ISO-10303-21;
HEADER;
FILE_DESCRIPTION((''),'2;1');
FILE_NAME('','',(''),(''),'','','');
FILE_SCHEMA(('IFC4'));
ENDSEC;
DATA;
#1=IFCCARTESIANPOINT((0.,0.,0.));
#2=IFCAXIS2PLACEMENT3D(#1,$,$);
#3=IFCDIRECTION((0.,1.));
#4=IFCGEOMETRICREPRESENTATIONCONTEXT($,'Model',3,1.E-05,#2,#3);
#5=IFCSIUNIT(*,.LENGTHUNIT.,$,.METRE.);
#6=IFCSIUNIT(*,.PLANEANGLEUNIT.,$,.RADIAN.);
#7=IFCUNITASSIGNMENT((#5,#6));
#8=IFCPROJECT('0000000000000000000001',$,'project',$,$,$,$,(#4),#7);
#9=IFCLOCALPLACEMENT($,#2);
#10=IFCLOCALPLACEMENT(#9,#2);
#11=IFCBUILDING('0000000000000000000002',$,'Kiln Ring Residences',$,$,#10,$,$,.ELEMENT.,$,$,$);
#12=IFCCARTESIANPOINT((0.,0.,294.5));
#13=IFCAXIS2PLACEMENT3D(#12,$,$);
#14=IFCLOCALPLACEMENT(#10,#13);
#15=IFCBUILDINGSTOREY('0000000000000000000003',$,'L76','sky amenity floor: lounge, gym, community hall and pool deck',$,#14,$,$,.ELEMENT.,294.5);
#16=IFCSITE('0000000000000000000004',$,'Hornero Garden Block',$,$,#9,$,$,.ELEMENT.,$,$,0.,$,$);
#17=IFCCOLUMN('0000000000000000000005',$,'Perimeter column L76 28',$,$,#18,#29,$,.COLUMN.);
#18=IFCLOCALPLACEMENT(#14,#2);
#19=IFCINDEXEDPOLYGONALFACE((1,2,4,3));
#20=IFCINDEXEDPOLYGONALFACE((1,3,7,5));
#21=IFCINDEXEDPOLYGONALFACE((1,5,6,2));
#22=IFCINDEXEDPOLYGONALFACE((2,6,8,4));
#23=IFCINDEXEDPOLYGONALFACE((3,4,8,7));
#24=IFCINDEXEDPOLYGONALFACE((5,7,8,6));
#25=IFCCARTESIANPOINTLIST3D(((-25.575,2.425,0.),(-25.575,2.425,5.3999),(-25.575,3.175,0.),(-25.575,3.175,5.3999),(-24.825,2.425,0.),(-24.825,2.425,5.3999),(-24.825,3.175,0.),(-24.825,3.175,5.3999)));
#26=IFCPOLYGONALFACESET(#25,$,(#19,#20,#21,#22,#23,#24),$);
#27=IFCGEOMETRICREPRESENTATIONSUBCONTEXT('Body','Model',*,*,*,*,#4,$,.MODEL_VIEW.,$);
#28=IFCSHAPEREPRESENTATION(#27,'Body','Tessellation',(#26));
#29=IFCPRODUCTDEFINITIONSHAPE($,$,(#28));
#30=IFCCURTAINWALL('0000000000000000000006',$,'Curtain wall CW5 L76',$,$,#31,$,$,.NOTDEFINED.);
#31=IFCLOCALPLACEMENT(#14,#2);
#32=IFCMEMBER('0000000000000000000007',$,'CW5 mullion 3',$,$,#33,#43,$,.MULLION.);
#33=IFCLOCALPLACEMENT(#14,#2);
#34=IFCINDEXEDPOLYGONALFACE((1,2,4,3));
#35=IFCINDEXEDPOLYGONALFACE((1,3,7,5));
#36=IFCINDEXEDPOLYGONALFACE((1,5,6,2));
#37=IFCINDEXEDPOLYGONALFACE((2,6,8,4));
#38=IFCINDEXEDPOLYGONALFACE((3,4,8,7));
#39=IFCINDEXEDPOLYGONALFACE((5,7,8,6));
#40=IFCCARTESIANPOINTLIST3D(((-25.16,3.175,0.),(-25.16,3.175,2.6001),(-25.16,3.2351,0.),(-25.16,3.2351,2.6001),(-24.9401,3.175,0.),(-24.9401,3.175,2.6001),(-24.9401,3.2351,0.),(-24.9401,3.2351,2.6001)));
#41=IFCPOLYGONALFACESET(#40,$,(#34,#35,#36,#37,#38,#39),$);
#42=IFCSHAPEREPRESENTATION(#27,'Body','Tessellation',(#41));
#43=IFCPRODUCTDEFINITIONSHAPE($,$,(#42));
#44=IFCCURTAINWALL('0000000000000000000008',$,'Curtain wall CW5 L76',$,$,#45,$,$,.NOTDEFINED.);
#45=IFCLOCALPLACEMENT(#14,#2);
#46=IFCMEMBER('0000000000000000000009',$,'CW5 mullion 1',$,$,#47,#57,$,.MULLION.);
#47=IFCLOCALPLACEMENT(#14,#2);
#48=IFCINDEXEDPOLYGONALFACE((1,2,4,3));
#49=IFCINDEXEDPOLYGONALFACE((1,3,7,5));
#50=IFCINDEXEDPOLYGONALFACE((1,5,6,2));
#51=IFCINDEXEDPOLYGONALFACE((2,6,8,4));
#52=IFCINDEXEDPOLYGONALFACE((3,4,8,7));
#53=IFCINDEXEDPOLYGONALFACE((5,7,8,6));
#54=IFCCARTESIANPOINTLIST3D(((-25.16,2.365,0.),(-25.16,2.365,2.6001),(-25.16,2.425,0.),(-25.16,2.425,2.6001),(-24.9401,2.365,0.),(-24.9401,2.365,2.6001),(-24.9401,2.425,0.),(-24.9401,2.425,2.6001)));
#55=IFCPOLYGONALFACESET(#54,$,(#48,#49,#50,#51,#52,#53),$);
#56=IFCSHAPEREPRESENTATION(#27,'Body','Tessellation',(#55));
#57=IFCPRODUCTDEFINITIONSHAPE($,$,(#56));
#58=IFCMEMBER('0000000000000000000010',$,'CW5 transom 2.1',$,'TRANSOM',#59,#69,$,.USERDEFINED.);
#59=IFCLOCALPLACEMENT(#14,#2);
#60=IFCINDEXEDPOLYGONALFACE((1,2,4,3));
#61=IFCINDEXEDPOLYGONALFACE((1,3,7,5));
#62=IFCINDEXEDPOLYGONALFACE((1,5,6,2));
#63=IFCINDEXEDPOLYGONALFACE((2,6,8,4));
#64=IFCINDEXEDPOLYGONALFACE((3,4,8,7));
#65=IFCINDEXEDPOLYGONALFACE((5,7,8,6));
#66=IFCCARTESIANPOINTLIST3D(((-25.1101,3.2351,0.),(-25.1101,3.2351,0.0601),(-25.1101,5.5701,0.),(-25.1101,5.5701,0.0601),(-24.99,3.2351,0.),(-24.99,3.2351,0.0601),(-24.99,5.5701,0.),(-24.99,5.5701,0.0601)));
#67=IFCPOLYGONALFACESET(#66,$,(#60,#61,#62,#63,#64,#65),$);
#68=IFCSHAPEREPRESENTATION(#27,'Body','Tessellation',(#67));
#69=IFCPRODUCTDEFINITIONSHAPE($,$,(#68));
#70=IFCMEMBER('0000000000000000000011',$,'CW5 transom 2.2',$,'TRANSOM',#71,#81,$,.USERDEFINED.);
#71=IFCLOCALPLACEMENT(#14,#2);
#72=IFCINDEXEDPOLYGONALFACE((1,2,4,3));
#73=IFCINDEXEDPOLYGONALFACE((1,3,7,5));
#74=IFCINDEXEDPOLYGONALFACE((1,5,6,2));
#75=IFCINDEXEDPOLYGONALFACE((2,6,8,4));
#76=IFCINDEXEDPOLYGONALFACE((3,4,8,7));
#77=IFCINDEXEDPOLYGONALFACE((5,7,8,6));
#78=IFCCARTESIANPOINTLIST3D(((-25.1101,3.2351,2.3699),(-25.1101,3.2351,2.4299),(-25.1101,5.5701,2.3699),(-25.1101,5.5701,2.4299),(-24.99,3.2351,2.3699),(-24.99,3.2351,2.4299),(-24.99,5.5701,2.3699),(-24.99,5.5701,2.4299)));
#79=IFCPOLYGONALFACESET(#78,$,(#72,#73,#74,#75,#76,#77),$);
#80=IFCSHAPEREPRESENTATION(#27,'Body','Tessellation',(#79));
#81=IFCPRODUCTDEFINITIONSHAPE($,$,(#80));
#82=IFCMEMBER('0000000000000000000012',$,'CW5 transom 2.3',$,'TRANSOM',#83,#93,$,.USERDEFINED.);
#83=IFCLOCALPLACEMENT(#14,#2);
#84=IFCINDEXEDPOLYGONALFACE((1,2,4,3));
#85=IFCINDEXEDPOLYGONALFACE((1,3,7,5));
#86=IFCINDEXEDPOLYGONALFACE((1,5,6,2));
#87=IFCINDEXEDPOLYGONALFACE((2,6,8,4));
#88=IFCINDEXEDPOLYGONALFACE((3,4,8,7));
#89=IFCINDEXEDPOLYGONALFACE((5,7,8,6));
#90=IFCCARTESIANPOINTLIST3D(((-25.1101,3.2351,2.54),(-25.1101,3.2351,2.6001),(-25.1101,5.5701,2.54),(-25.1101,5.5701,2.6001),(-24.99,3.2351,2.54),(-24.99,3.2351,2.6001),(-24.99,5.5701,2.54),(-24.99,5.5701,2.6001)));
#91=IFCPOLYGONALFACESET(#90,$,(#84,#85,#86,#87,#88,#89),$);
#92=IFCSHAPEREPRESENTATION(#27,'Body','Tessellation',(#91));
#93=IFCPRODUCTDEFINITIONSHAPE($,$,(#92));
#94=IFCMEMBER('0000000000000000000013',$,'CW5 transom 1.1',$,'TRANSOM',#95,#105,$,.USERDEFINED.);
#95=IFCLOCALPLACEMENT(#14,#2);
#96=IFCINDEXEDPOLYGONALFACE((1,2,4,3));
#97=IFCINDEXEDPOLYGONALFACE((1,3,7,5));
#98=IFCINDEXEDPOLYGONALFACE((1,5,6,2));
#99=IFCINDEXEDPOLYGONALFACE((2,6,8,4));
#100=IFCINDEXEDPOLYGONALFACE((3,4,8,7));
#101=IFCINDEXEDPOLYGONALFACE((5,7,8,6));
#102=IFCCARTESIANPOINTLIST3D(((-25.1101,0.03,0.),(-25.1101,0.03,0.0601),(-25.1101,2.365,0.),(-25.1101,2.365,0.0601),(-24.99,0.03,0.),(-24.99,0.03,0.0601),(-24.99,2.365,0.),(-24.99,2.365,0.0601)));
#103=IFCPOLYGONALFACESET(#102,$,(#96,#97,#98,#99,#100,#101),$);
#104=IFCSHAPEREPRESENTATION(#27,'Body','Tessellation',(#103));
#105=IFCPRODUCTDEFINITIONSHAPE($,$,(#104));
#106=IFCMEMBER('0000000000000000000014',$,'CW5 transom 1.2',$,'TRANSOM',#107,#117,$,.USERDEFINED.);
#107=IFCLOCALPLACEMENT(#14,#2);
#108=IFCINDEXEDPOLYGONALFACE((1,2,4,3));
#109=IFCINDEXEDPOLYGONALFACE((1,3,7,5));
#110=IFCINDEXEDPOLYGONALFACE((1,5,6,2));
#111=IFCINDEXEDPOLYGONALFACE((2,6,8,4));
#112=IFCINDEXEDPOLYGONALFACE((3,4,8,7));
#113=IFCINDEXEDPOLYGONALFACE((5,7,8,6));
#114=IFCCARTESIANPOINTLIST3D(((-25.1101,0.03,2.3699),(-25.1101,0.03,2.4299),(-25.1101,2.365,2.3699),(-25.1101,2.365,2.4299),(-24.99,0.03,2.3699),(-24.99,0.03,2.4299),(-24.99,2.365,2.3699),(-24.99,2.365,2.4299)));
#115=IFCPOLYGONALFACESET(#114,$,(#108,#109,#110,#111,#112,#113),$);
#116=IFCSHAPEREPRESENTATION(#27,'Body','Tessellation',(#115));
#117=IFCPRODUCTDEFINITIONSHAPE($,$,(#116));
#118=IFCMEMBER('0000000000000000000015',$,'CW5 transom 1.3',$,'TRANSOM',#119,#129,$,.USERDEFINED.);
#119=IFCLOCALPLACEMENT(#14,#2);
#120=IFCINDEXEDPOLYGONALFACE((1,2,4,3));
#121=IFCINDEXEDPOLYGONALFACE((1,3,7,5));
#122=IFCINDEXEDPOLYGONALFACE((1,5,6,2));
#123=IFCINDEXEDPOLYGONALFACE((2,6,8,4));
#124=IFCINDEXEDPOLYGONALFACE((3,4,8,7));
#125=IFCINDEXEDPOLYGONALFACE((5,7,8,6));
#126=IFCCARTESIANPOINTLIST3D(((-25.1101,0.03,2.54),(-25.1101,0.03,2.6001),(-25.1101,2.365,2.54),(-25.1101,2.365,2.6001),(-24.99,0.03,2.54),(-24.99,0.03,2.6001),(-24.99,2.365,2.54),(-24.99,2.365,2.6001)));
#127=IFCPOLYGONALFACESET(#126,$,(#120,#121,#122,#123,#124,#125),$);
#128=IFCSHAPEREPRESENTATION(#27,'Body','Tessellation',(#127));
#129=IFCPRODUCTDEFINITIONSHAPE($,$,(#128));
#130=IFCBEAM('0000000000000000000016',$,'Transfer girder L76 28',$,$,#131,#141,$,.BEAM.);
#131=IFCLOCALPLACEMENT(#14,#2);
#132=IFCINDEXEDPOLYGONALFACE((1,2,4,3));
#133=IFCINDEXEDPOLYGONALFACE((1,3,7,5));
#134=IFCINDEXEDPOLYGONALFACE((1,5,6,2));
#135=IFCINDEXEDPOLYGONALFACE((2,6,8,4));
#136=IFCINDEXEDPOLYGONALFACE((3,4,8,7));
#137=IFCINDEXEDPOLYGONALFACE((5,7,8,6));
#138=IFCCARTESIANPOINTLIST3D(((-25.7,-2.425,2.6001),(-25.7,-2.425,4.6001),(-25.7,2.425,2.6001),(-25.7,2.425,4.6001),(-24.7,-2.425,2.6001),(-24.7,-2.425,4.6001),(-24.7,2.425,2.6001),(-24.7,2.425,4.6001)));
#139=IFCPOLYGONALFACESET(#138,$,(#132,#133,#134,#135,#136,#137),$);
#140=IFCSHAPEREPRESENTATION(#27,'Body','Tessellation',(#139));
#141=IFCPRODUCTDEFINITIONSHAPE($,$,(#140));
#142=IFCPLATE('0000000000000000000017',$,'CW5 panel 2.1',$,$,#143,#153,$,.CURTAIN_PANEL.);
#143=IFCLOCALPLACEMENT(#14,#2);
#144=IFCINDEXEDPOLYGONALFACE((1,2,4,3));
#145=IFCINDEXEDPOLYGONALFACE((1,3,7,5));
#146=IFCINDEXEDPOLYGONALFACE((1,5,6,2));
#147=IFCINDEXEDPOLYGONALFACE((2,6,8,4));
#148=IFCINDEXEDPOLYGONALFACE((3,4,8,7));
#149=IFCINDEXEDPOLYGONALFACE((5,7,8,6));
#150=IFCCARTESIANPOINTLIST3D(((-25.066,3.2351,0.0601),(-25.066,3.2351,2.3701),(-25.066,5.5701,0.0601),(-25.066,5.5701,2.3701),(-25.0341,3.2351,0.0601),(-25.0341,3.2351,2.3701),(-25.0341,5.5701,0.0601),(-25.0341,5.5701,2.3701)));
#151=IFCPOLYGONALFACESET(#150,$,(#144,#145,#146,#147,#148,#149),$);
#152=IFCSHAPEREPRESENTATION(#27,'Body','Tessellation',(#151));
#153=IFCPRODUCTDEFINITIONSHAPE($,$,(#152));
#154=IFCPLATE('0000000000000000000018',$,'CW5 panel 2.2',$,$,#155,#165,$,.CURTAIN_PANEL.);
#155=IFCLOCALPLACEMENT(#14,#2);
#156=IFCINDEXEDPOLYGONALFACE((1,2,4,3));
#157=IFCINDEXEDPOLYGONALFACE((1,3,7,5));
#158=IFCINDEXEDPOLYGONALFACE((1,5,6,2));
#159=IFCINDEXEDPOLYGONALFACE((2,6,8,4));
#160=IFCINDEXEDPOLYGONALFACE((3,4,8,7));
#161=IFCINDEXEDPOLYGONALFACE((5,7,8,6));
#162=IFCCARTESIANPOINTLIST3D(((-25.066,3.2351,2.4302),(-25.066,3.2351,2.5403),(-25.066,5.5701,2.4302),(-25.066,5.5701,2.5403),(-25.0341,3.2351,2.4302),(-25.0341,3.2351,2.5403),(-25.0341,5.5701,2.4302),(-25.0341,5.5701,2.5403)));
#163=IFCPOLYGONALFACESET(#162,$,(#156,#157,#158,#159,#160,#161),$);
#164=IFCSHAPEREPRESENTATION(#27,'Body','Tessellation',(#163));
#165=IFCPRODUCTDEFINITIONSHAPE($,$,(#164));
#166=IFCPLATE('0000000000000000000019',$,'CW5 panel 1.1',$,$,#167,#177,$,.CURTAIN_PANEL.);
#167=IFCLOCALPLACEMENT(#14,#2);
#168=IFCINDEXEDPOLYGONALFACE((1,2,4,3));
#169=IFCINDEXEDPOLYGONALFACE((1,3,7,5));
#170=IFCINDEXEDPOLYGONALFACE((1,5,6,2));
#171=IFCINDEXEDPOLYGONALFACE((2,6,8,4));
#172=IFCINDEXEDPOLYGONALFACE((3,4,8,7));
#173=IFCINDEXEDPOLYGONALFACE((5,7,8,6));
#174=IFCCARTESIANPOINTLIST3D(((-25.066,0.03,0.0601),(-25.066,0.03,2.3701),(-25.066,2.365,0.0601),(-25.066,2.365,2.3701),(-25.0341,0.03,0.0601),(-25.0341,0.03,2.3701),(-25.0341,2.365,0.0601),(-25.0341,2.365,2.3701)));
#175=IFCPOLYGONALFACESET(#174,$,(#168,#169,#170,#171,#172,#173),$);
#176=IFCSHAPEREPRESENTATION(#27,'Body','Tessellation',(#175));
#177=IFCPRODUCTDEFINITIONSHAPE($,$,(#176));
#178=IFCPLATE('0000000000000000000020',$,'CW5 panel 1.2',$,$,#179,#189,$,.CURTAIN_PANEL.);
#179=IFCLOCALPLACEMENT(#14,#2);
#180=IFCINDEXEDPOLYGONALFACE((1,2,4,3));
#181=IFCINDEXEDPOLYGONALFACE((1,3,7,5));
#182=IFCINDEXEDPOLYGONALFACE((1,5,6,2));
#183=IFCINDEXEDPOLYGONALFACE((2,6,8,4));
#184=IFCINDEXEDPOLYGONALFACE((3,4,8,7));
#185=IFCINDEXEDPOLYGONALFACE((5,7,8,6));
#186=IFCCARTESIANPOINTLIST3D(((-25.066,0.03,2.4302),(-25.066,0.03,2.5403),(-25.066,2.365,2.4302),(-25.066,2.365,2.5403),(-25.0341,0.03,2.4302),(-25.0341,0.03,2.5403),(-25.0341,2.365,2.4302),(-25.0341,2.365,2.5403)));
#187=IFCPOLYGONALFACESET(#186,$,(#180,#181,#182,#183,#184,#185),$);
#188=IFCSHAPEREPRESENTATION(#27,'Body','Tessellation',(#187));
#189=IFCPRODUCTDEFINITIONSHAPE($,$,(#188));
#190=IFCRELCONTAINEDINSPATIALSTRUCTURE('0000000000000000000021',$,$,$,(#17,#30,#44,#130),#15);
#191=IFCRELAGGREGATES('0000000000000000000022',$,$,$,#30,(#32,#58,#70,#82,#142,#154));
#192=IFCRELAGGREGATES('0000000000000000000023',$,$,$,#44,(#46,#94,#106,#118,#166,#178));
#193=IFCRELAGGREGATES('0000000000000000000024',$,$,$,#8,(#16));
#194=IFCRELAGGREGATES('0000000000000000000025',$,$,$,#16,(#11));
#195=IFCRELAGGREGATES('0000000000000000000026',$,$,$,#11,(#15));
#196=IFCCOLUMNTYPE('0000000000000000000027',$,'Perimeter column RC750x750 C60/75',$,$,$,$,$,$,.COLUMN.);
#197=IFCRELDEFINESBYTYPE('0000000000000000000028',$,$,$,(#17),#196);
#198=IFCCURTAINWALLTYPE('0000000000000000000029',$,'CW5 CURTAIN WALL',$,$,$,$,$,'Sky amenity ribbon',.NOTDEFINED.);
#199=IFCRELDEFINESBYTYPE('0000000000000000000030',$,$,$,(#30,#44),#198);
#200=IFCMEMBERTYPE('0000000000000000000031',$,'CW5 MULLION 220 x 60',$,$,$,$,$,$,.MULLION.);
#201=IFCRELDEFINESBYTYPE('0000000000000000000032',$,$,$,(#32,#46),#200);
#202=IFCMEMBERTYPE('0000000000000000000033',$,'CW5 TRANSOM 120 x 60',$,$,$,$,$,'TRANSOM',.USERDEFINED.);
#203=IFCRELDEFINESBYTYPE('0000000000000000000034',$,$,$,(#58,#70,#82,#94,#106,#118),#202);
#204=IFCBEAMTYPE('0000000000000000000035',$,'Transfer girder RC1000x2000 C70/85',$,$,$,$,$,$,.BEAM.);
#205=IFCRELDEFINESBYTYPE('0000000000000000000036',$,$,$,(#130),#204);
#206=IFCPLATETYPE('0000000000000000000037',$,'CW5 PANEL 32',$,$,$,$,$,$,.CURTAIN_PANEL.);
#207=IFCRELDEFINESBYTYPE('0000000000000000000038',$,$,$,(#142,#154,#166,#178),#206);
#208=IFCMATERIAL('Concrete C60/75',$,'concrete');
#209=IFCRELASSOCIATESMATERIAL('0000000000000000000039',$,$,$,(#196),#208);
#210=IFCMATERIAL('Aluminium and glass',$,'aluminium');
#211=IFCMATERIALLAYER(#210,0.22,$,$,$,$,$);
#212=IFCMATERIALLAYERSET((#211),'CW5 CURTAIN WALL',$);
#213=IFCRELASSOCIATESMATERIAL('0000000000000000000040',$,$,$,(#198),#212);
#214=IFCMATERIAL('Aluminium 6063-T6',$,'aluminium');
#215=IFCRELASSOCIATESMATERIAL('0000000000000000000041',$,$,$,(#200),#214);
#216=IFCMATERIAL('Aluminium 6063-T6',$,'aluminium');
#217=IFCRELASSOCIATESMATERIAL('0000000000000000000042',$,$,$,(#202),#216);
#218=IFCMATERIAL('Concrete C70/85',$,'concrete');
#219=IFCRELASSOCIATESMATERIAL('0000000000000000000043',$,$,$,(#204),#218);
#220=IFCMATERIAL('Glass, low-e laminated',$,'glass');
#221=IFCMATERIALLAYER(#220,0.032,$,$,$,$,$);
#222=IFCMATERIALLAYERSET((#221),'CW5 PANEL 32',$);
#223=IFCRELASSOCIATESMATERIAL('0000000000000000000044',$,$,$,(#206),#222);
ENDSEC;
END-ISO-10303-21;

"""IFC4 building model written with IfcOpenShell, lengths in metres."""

from ifc_helpers import new_model, si_unit, direction, frame, origin, origin_2d, place, context, subcontext, project, spatial, rectangle, extrude, material, layer, layer_set, material_profile, profile_set, type_object, element, aggregate, save


model = new_model("IFC4")

# Units and contexts
model_context = context("Model", 3, precision=1e-05, world=origin(), true_north=direction((0.0, 1.0)))
body_context = subcontext(model_context, "Body", "Model", "MODEL_VIEW")
ifc_project = project(units=[si_unit("LENGTHUNIT", "METRE"), si_unit("PLANEANGLEUNIT", "RADIAN")], contexts=[model_context])

# Site, building, storey
site_placement = place(None, origin())
site = spatial("IfcSite", under=ifc_project, at=site_placement, Name="Hornero Garden Block", CompositionType="ELEMENT", RefElevation=0.0)
building_placement = place(site_placement, origin())
building = spatial("IfcBuilding", under=site, at=building_placement, Name="Kiln Ring Residences", CompositionType="ELEMENT")
storey_placement = place(building_placement, frame((0.0, 0.0, 294.5)))
storey = spatial("IfcBuildingStorey", under=building, at=storey_placement, Name="L76", Description="sky amenity floor: lounge, gym, community hall and pool deck", CompositionType="ELEMENT", Elevation=294.5)

# Column
ifc_material_1 = material(Name="Concrete C60/75", Category="concrete")
ifc_material_profile_1 = material_profile(ifc_material_1, rectangle(XDim=0.75, YDim=0.75, at=origin_2d()), Name="RC750x750")
ifc_profile_set_1 = profile_set([ifc_material_profile_1], Name="Concrete C60/75")
column_type = type_object("IfcColumnType", Name="Perimeter column RC750x750 C60/75", PredefinedType="COLUMN", material=ifc_profile_set_1)
column_placement = place(storey_placement, frame((-25.2, 2.8, 0.0), z_axis=(0.0, 0.0, 1.0), x_axis=(1.0, 0.0, 0.0)))
element("IfcColumn", 1, at=column_placement, inside=storey, type_object=column_type, Name="Perimeter column L76 28", PredefinedType="COLUMN", context=body_context, shape_type="SweptSolid", body=[
    extrude(rectangle(XDim=0.75, YDim=0.75, at=origin_2d()), origin(), (0.0, 0.0, 1.0), 5.3999),
])

# Curtain walls, members
ifc_material_2 = material(Name="Aluminium and glass", Category="aluminium")
ifc_layer_1 = layer(ifc_material_2, 0.22)
ifc_layer_set_1 = layer_set([ifc_layer_1], Name="CW5 CURTAIN WALL")
curtain_wall_type = type_object("IfcCurtainWallType", Name="CW5 CURTAIN WALL", ElementType="Sky amenity ribbon", PredefinedType="NOTDEFINED", material=ifc_layer_set_1)
placement = place(storey_placement, origin())
curtain_wall_1 = element("IfcCurtainWall", 2, at=placement, inside=storey, type_object=curtain_wall_type, Name="Curtain wall CW5 L76", PredefinedType="NOTDEFINED")
ifc_material_3 = material(Name="Aluminium 6063-T6", Category="aluminium")
ifc_material_profile_2 = material_profile(ifc_material_3, rectangle(XDim=0.22, YDim=0.0601, at=origin_2d()), Name="AL 220x60")
ifc_profile_set_2 = profile_set([ifc_material_profile_2], Name="Aluminium 6063-T6")
member_type_1 = type_object("IfcMemberType", Name="CW5 MULLION 220 x 60", PredefinedType="MULLION", material=ifc_profile_set_2)
member_1_placement = place(storey_placement, frame((-25.05, 3.2051, 0.0), z_axis=(0.0, 0.0, 1.0), x_axis=(1.0, 0.0, 0.0)))
member_1 = element("IfcMember", 3, at=member_1_placement, type_object=member_type_1, Name="CW5 mullion 3", PredefinedType="MULLION", context=body_context, shape_type="SweptSolid", body=[
    extrude(rectangle(XDim=0.22, YDim=0.0601, at=origin_2d()), origin(), (0.0, 0.0, 1.0), 2.6001),
])
curtain_wall_2 = element("IfcCurtainWall", 4, at=placement, inside=storey, type_object=curtain_wall_type, Name="Curtain wall CW5 L76", PredefinedType="NOTDEFINED")
member_2_placement = place(storey_placement, frame((-25.05, 2.395, 0.0), z_axis=(0.0, 0.0, 1.0), x_axis=(1.0, 0.0, 0.0)))
member_2 = element("IfcMember", 5, at=member_2_placement, type_object=member_type_1, Name="CW5 mullion 1", PredefinedType="MULLION", context=body_context, shape_type="SweptSolid", body=[
    extrude(rectangle(XDim=0.22, YDim=0.0601, at=origin_2d()), origin(), (0.0, 0.0, 1.0), 2.6001),
])

# Members
ifc_material_4 = material(Name="Aluminium 6063-T6", Category="aluminium")
ifc_material_profile_3 = material_profile(ifc_material_4, rectangle(XDim=0.1201, YDim=0.0601, at=origin_2d()), Name="AL 120x60")
ifc_profile_set_3 = profile_set([ifc_material_profile_3], Name="Aluminium 6063-T6")
member_type_2 = type_object("IfcMemberType", Name="CW5 TRANSOM 120 x 60", ElementType="TRANSOM", PredefinedType="USERDEFINED", material=ifc_profile_set_3)
member_3_placement = place(storey_placement, frame((-25.05, 5.5701, 0.03), z_axis=(0.0, -1.0, 0.0), x_axis=(1.0, 0.0, 0.0)))
member_3 = element("IfcMember", 6, at=member_3_placement, type_object=member_type_2, Name="CW5 transom 2.1", ObjectType="TRANSOM", PredefinedType="USERDEFINED", context=body_context, shape_type="SweptSolid", body=[
    extrude(rectangle(XDim=0.1201, YDim=0.0601, at=origin_2d()), origin(), (0.0, 0.0, 1.0), 2.335),
])
member_4_placement = place(storey_placement, frame((-25.05, 5.5701, 2.3999), z_axis=(0.0, -1.0, 0.0), x_axis=(1.0, 0.0, 0.0)))
member_4 = element("IfcMember", 7, at=member_4_placement, type_object=member_type_2, Name="CW5 transom 2.2", ObjectType="TRANSOM", PredefinedType="USERDEFINED", context=body_context, shape_type="SweptSolid", body=[
    extrude(rectangle(XDim=0.1201, YDim=0.0601, at=origin_2d()), origin(), (0.0, 0.0, 1.0), 2.335),
])
member_5_placement = place(storey_placement, frame((-25.05, 5.5701, 2.5701), z_axis=(0.0, -1.0, 0.0), x_axis=(1.0, 0.0, 0.0)))
member_5 = element("IfcMember", 8, at=member_5_placement, type_object=member_type_2, Name="CW5 transom 2.3", ObjectType="TRANSOM", PredefinedType="USERDEFINED", context=body_context, shape_type="SweptSolid", body=[
    extrude(rectangle(XDim=0.1201, YDim=0.0601, at=origin_2d()), origin(), (0.0, 0.0, 1.0), 2.335),
])
member_6_placement = place(storey_placement, frame((-25.05, 2.365, 0.03), z_axis=(0.0, -1.0, 0.0), x_axis=(1.0, 0.0, 0.0)))
member_6 = element("IfcMember", 9, at=member_6_placement, type_object=member_type_2, Name="CW5 transom 1.1", ObjectType="TRANSOM", PredefinedType="USERDEFINED", context=body_context, shape_type="SweptSolid", body=[
    extrude(rectangle(XDim=0.1201, YDim=0.0601, at=origin_2d()), origin(), (0.0, 0.0, 1.0), 2.335),
])
member_7_placement = place(storey_placement, frame((-25.05, 2.365, 2.3999), z_axis=(0.0, -1.0, 0.0), x_axis=(1.0, 0.0, 0.0)))
member_7 = element("IfcMember", 10, at=member_7_placement, type_object=member_type_2, Name="CW5 transom 1.2", ObjectType="TRANSOM", PredefinedType="USERDEFINED", context=body_context, shape_type="SweptSolid", body=[
    extrude(rectangle(XDim=0.1201, YDim=0.0601, at=origin_2d()), origin(), (0.0, 0.0, 1.0), 2.335),
])
member_8_placement = place(storey_placement, frame((-25.05, 2.365, 2.5701), z_axis=(0.0, -1.0, 0.0), x_axis=(1.0, 0.0, 0.0)))
member_8 = element("IfcMember", 11, at=member_8_placement, type_object=member_type_2, Name="CW5 transom 1.3", ObjectType="TRANSOM", PredefinedType="USERDEFINED", context=body_context, shape_type="SweptSolid", body=[
    extrude(rectangle(XDim=0.1201, YDim=0.0601, at=origin_2d()), origin(), (0.0, 0.0, 1.0), 2.335),
])

# Beam
ifc_material_5 = material(Name="Concrete C70/85", Category="concrete")
ifc_material_profile_4 = material_profile(ifc_material_5, rectangle(XDim=1.0, YDim=2.0, at=origin_2d()), Name="RC1000x2000")
ifc_profile_set_4 = profile_set([ifc_material_profile_4], Name="Concrete C70/85")
beam_type = type_object("IfcBeamType", Name="Transfer girder RC1000x2000 C70/85", PredefinedType="BEAM", material=ifc_profile_set_4)
beam_placement = place(storey_placement, frame((-25.2, 2.425, 3.6001), z_axis=(0.0, -1.0, 0.0), x_axis=(1.0, 0.0, 0.0)))
element("IfcBeam", 12, at=beam_placement, inside=storey, type_object=beam_type, Name="Transfer girder L76 28", PredefinedType="BEAM", context=body_context, shape_type="SweptSolid", body=[
    extrude(rectangle(XDim=1.0, YDim=2.0, at=origin_2d()), origin(), (0.0, 0.0, 1.0), 4.8501),
])

# Plates
ifc_material_6 = material(Name="Glass, low-e laminated", Category="glass")
ifc_layer_2 = layer(ifc_material_6, 0.032)
ifc_layer_set_2 = layer_set([ifc_layer_2], Name="CW5 PANEL 32")
plate_type = type_object("IfcPlateType", Name="CW5 PANEL 32", PredefinedType="CURTAIN_PANEL", material=ifc_layer_set_2)
plate_1_placement = place(storey_placement, frame((-25.05, 4.4026, 0.0601), z_axis=(0.0, 0.0, 1.0), x_axis=(0.0, -1.0, 0.0)))
plate_1 = element("IfcPlate", 13, at=plate_1_placement, type_object=plate_type, Name="CW5 panel 2.1", PredefinedType="CURTAIN_PANEL", context=body_context, shape_type="SweptSolid", body=[
    extrude(rectangle(XDim=2.335, YDim=0.032, at=origin_2d()), origin(), (0.0, 0.0, 1.0), 2.3101),
])
plate_2_placement = place(storey_placement, frame((-25.05, 4.4026, 2.4302), z_axis=(0.0, 0.0, 1.0), x_axis=(0.0, -1.0, 0.0)))
plate_2 = element("IfcPlate", 14, at=plate_2_placement, type_object=plate_type, Name="CW5 panel 2.2", PredefinedType="CURTAIN_PANEL", context=body_context, shape_type="SweptSolid", body=[
    extrude(rectangle(XDim=2.335, YDim=0.032, at=origin_2d()), origin(), (0.0, 0.0, 1.0), 0.1101),
])
aggregate(curtain_wall_1, [member_1, member_3, member_4, member_5, plate_1, plate_2])
plate_3_placement = place(storey_placement, frame((-25.05, 1.1975, 0.0601), z_axis=(0.0, 0.0, 1.0), x_axis=(0.0, -1.0, 0.0)))
plate_3 = element("IfcPlate", 15, at=plate_3_placement, type_object=plate_type, Name="CW5 panel 1.1", PredefinedType="CURTAIN_PANEL", context=body_context, shape_type="SweptSolid", body=[
    extrude(rectangle(XDim=2.335, YDim=0.032, at=origin_2d()), origin(), (0.0, 0.0, 1.0), 2.3101),
])
plate_4_placement = place(storey_placement, frame((-25.05, 1.1975, 2.4302), z_axis=(0.0, 0.0, 1.0), x_axis=(0.0, -1.0, 0.0)))
plate_4 = element("IfcPlate", 16, at=plate_4_placement, type_object=plate_type, Name="CW5 panel 1.2", PredefinedType="CURTAIN_PANEL", context=body_context, shape_type="SweptSolid", body=[
    extrude(rectangle(XDim=2.335, YDim=0.032, at=origin_2d()), origin(), (0.0, 0.0, 1.0), 0.1101),
])
aggregate(curtain_wall_2, [member_2, member_6, member_7, member_8, plate_3, plate_4])

save(model, "model.ifc")
